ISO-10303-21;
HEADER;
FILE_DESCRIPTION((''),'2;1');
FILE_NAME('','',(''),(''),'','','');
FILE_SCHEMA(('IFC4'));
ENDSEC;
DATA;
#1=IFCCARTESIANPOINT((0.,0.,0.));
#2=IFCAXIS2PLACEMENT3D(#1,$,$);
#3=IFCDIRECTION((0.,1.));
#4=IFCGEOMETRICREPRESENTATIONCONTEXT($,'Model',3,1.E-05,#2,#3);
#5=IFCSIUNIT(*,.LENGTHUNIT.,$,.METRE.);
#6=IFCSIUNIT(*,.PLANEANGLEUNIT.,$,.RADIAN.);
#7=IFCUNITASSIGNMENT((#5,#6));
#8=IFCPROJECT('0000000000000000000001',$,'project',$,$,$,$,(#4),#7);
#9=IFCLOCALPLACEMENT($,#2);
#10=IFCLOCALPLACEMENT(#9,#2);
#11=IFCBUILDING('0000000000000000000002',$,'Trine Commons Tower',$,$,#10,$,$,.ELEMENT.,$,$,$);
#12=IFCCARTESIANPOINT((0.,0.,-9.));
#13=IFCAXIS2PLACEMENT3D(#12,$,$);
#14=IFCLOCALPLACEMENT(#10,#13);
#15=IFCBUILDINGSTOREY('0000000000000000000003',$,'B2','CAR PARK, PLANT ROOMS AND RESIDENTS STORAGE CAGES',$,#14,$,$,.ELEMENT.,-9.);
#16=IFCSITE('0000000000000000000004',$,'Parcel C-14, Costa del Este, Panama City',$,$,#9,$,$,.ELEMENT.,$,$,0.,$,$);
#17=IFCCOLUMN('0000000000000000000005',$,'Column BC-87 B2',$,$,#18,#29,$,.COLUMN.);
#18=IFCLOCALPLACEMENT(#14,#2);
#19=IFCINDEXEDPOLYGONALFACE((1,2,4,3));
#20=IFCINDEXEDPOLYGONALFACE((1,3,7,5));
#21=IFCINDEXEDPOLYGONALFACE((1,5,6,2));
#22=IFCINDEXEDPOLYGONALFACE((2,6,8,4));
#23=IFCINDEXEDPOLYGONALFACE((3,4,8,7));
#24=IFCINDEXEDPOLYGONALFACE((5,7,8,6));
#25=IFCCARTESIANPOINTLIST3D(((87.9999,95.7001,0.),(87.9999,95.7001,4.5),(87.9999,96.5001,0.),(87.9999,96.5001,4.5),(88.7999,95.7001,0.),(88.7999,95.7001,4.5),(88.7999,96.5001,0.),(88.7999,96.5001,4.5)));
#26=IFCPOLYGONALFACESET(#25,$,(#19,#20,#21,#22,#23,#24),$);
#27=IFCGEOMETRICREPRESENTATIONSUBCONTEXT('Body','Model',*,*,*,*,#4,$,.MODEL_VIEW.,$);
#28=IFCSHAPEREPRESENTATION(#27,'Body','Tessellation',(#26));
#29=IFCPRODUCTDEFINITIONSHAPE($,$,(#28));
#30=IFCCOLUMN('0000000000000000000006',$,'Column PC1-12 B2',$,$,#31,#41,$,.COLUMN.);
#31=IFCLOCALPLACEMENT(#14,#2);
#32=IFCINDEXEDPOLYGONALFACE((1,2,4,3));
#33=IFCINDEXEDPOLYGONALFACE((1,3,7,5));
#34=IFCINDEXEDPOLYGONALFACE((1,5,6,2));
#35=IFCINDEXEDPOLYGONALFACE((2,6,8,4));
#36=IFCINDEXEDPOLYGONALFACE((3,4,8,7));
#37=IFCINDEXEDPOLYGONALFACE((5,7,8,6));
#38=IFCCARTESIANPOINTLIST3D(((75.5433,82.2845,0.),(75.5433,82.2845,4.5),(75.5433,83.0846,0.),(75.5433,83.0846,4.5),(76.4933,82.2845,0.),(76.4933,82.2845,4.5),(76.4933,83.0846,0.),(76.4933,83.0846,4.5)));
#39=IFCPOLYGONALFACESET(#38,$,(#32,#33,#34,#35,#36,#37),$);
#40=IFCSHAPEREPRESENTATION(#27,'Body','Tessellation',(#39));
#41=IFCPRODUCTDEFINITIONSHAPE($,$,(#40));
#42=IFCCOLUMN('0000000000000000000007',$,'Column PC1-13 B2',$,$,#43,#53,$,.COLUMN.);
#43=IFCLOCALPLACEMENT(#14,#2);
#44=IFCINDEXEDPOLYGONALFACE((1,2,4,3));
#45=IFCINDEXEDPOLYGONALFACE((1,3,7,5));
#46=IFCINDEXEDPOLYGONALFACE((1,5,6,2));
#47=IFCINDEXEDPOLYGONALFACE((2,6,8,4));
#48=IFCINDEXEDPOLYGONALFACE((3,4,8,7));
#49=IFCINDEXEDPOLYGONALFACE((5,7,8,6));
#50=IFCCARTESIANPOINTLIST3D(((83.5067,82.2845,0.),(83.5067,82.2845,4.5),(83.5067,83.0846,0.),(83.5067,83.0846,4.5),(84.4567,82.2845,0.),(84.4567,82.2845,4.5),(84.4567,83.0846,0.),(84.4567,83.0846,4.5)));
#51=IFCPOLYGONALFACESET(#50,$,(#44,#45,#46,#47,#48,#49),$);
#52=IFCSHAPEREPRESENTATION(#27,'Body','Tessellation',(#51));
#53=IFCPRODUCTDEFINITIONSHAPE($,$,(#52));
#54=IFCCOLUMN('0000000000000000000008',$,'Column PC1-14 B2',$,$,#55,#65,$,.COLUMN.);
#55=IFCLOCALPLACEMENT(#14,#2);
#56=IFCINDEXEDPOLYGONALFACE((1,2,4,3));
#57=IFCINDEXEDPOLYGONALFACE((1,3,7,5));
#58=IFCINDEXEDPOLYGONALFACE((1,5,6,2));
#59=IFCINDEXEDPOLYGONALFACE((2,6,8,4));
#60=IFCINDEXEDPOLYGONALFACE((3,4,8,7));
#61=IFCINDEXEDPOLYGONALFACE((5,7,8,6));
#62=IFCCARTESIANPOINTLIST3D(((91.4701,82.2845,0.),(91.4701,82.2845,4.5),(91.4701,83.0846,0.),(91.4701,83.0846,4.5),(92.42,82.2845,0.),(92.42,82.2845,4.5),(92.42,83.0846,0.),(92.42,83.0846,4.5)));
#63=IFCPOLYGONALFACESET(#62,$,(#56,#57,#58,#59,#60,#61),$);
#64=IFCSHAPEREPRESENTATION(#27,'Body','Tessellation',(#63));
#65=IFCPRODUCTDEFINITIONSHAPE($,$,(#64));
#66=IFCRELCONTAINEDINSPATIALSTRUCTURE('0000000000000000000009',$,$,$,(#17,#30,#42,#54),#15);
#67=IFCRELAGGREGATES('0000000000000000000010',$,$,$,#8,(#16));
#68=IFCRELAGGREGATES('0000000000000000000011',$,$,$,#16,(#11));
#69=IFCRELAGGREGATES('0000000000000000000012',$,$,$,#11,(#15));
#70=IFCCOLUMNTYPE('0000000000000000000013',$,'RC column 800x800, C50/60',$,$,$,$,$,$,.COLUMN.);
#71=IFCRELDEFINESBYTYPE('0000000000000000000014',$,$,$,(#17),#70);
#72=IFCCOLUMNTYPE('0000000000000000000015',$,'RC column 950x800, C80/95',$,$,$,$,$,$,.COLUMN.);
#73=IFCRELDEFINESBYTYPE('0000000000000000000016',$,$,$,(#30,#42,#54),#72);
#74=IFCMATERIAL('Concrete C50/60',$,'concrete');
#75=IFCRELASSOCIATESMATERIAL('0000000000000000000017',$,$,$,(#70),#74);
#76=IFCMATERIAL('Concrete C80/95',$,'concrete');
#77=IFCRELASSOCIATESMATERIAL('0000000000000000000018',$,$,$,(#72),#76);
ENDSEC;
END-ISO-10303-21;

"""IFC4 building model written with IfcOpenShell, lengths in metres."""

from ifc_helpers import new_model, si_unit, direction, frame, origin, origin_2d, place, context, subcontext, project, spatial, rectangle, extrude, material, material_profile, profile_set, type_object, element, save


model = new_model("IFC4")

# Units and contexts
model_context = context("Model", 3, precision=1e-05, world=origin(), true_north=direction((0.0, 1.0)))
body_context = subcontext(model_context, "Body", "Model", "MODEL_VIEW")
ifc_project = project(units=[si_unit("LENGTHUNIT", "METRE"), si_unit("PLANEANGLEUNIT", "RADIAN")], contexts=[model_context])

# Site, building, storey
site_placement = place(None, origin())
site = spatial("IfcSite", under=ifc_project, at=site_placement, Name="Parcel C-14, Costa del Este, Panama City", CompositionType="ELEMENT", RefElevation=0.0)
building_placement = place(site_placement, origin())
building = spatial("IfcBuilding", under=site, at=building_placement, Name="Trine Commons Tower", CompositionType="ELEMENT")
storey_placement = place(building_placement, frame((0.0, 0.0, -9.0)))
storey = spatial("IfcBuildingStorey", under=building, at=storey_placement, Name="B2", Description="CAR PARK, PLANT ROOMS AND RESIDENTS STORAGE CAGES", CompositionType="ELEMENT", Elevation=-9.0)

# Columns
ifc_material_1 = material(Name="Concrete C50/60", Category="concrete")
ifc_material_profile_1 = material_profile(ifc_material_1, rectangle(XDim=0.8, YDim=0.8, at=origin_2d()), Name="RC 800x800")
ifc_profile_set_1 = profile_set([ifc_material_profile_1], Name="Concrete C50/60")
column_type_1 = type_object("IfcColumnType", Name="RC column 800x800, C50/60", PredefinedType="COLUMN", material=ifc_profile_set_1)
for number, where, z_axis, x_axis, name in (
    (1, (88.3999, 96.1001, 0.0), (0.0, 0.0, 1.0), (1.0, 0.0, 0.0), "Column BC-87 B2"),
):
    element("IfcColumn", number, at=place(storey_placement, frame(where, z_axis=z_axis, x_axis=x_axis)), inside=storey, type_object=column_type_1, Name=name, PredefinedType="COLUMN", context=body_context, shape_type="SweptSolid", body=[
        extrude(rectangle(XDim=0.8, YDim=0.8, at=origin_2d()), origin(), (0.0, 0.0, 1.0), 4.5),
    ])
ifc_material_2 = material(Name="Concrete C80/95", Category="concrete")
ifc_material_profile_2 = material_profile(ifc_material_2, rectangle(XDim=0.95, YDim=0.8, at=origin_2d()), Name="RC 950x800")
ifc_profile_set_2 = profile_set([ifc_material_profile_2], Name="Concrete C80/95")
column_type_2 = type_object("IfcColumnType", Name="RC column 950x800, C80/95", PredefinedType="COLUMN", material=ifc_profile_set_2)
for number, where, z_axis, x_axis, name in (
    (2, (76.0183, 82.6846, 0.0), (0.0, 0.0, 1.0), (1.0, 0.0, 0.0), "Column PC1-12 B2"),
    (3, (83.9817, 82.6846, 0.0), (0.0, 0.0, 1.0), (1.0, 0.0, 0.0), "Column PC1-13 B2"),
    (4, (91.9451, 82.6846, 0.0), (0.0, 0.0, 1.0), (1.0, 0.0, 0.0), "Column PC1-14 B2"),
):
    element("IfcColumn", number, at=place(storey_placement, frame(where, z_axis=z_axis, x_axis=x_axis)), inside=storey, type_object=column_type_2, Name=name, PredefinedType="COLUMN", context=body_context, shape_type="SweptSolid", body=[
        extrude(rectangle(XDim=0.95, YDim=0.8, at=origin_2d()), origin(), (0.0, 0.0, 1.0), 4.5),
    ])

save(model, "model.ifc")
